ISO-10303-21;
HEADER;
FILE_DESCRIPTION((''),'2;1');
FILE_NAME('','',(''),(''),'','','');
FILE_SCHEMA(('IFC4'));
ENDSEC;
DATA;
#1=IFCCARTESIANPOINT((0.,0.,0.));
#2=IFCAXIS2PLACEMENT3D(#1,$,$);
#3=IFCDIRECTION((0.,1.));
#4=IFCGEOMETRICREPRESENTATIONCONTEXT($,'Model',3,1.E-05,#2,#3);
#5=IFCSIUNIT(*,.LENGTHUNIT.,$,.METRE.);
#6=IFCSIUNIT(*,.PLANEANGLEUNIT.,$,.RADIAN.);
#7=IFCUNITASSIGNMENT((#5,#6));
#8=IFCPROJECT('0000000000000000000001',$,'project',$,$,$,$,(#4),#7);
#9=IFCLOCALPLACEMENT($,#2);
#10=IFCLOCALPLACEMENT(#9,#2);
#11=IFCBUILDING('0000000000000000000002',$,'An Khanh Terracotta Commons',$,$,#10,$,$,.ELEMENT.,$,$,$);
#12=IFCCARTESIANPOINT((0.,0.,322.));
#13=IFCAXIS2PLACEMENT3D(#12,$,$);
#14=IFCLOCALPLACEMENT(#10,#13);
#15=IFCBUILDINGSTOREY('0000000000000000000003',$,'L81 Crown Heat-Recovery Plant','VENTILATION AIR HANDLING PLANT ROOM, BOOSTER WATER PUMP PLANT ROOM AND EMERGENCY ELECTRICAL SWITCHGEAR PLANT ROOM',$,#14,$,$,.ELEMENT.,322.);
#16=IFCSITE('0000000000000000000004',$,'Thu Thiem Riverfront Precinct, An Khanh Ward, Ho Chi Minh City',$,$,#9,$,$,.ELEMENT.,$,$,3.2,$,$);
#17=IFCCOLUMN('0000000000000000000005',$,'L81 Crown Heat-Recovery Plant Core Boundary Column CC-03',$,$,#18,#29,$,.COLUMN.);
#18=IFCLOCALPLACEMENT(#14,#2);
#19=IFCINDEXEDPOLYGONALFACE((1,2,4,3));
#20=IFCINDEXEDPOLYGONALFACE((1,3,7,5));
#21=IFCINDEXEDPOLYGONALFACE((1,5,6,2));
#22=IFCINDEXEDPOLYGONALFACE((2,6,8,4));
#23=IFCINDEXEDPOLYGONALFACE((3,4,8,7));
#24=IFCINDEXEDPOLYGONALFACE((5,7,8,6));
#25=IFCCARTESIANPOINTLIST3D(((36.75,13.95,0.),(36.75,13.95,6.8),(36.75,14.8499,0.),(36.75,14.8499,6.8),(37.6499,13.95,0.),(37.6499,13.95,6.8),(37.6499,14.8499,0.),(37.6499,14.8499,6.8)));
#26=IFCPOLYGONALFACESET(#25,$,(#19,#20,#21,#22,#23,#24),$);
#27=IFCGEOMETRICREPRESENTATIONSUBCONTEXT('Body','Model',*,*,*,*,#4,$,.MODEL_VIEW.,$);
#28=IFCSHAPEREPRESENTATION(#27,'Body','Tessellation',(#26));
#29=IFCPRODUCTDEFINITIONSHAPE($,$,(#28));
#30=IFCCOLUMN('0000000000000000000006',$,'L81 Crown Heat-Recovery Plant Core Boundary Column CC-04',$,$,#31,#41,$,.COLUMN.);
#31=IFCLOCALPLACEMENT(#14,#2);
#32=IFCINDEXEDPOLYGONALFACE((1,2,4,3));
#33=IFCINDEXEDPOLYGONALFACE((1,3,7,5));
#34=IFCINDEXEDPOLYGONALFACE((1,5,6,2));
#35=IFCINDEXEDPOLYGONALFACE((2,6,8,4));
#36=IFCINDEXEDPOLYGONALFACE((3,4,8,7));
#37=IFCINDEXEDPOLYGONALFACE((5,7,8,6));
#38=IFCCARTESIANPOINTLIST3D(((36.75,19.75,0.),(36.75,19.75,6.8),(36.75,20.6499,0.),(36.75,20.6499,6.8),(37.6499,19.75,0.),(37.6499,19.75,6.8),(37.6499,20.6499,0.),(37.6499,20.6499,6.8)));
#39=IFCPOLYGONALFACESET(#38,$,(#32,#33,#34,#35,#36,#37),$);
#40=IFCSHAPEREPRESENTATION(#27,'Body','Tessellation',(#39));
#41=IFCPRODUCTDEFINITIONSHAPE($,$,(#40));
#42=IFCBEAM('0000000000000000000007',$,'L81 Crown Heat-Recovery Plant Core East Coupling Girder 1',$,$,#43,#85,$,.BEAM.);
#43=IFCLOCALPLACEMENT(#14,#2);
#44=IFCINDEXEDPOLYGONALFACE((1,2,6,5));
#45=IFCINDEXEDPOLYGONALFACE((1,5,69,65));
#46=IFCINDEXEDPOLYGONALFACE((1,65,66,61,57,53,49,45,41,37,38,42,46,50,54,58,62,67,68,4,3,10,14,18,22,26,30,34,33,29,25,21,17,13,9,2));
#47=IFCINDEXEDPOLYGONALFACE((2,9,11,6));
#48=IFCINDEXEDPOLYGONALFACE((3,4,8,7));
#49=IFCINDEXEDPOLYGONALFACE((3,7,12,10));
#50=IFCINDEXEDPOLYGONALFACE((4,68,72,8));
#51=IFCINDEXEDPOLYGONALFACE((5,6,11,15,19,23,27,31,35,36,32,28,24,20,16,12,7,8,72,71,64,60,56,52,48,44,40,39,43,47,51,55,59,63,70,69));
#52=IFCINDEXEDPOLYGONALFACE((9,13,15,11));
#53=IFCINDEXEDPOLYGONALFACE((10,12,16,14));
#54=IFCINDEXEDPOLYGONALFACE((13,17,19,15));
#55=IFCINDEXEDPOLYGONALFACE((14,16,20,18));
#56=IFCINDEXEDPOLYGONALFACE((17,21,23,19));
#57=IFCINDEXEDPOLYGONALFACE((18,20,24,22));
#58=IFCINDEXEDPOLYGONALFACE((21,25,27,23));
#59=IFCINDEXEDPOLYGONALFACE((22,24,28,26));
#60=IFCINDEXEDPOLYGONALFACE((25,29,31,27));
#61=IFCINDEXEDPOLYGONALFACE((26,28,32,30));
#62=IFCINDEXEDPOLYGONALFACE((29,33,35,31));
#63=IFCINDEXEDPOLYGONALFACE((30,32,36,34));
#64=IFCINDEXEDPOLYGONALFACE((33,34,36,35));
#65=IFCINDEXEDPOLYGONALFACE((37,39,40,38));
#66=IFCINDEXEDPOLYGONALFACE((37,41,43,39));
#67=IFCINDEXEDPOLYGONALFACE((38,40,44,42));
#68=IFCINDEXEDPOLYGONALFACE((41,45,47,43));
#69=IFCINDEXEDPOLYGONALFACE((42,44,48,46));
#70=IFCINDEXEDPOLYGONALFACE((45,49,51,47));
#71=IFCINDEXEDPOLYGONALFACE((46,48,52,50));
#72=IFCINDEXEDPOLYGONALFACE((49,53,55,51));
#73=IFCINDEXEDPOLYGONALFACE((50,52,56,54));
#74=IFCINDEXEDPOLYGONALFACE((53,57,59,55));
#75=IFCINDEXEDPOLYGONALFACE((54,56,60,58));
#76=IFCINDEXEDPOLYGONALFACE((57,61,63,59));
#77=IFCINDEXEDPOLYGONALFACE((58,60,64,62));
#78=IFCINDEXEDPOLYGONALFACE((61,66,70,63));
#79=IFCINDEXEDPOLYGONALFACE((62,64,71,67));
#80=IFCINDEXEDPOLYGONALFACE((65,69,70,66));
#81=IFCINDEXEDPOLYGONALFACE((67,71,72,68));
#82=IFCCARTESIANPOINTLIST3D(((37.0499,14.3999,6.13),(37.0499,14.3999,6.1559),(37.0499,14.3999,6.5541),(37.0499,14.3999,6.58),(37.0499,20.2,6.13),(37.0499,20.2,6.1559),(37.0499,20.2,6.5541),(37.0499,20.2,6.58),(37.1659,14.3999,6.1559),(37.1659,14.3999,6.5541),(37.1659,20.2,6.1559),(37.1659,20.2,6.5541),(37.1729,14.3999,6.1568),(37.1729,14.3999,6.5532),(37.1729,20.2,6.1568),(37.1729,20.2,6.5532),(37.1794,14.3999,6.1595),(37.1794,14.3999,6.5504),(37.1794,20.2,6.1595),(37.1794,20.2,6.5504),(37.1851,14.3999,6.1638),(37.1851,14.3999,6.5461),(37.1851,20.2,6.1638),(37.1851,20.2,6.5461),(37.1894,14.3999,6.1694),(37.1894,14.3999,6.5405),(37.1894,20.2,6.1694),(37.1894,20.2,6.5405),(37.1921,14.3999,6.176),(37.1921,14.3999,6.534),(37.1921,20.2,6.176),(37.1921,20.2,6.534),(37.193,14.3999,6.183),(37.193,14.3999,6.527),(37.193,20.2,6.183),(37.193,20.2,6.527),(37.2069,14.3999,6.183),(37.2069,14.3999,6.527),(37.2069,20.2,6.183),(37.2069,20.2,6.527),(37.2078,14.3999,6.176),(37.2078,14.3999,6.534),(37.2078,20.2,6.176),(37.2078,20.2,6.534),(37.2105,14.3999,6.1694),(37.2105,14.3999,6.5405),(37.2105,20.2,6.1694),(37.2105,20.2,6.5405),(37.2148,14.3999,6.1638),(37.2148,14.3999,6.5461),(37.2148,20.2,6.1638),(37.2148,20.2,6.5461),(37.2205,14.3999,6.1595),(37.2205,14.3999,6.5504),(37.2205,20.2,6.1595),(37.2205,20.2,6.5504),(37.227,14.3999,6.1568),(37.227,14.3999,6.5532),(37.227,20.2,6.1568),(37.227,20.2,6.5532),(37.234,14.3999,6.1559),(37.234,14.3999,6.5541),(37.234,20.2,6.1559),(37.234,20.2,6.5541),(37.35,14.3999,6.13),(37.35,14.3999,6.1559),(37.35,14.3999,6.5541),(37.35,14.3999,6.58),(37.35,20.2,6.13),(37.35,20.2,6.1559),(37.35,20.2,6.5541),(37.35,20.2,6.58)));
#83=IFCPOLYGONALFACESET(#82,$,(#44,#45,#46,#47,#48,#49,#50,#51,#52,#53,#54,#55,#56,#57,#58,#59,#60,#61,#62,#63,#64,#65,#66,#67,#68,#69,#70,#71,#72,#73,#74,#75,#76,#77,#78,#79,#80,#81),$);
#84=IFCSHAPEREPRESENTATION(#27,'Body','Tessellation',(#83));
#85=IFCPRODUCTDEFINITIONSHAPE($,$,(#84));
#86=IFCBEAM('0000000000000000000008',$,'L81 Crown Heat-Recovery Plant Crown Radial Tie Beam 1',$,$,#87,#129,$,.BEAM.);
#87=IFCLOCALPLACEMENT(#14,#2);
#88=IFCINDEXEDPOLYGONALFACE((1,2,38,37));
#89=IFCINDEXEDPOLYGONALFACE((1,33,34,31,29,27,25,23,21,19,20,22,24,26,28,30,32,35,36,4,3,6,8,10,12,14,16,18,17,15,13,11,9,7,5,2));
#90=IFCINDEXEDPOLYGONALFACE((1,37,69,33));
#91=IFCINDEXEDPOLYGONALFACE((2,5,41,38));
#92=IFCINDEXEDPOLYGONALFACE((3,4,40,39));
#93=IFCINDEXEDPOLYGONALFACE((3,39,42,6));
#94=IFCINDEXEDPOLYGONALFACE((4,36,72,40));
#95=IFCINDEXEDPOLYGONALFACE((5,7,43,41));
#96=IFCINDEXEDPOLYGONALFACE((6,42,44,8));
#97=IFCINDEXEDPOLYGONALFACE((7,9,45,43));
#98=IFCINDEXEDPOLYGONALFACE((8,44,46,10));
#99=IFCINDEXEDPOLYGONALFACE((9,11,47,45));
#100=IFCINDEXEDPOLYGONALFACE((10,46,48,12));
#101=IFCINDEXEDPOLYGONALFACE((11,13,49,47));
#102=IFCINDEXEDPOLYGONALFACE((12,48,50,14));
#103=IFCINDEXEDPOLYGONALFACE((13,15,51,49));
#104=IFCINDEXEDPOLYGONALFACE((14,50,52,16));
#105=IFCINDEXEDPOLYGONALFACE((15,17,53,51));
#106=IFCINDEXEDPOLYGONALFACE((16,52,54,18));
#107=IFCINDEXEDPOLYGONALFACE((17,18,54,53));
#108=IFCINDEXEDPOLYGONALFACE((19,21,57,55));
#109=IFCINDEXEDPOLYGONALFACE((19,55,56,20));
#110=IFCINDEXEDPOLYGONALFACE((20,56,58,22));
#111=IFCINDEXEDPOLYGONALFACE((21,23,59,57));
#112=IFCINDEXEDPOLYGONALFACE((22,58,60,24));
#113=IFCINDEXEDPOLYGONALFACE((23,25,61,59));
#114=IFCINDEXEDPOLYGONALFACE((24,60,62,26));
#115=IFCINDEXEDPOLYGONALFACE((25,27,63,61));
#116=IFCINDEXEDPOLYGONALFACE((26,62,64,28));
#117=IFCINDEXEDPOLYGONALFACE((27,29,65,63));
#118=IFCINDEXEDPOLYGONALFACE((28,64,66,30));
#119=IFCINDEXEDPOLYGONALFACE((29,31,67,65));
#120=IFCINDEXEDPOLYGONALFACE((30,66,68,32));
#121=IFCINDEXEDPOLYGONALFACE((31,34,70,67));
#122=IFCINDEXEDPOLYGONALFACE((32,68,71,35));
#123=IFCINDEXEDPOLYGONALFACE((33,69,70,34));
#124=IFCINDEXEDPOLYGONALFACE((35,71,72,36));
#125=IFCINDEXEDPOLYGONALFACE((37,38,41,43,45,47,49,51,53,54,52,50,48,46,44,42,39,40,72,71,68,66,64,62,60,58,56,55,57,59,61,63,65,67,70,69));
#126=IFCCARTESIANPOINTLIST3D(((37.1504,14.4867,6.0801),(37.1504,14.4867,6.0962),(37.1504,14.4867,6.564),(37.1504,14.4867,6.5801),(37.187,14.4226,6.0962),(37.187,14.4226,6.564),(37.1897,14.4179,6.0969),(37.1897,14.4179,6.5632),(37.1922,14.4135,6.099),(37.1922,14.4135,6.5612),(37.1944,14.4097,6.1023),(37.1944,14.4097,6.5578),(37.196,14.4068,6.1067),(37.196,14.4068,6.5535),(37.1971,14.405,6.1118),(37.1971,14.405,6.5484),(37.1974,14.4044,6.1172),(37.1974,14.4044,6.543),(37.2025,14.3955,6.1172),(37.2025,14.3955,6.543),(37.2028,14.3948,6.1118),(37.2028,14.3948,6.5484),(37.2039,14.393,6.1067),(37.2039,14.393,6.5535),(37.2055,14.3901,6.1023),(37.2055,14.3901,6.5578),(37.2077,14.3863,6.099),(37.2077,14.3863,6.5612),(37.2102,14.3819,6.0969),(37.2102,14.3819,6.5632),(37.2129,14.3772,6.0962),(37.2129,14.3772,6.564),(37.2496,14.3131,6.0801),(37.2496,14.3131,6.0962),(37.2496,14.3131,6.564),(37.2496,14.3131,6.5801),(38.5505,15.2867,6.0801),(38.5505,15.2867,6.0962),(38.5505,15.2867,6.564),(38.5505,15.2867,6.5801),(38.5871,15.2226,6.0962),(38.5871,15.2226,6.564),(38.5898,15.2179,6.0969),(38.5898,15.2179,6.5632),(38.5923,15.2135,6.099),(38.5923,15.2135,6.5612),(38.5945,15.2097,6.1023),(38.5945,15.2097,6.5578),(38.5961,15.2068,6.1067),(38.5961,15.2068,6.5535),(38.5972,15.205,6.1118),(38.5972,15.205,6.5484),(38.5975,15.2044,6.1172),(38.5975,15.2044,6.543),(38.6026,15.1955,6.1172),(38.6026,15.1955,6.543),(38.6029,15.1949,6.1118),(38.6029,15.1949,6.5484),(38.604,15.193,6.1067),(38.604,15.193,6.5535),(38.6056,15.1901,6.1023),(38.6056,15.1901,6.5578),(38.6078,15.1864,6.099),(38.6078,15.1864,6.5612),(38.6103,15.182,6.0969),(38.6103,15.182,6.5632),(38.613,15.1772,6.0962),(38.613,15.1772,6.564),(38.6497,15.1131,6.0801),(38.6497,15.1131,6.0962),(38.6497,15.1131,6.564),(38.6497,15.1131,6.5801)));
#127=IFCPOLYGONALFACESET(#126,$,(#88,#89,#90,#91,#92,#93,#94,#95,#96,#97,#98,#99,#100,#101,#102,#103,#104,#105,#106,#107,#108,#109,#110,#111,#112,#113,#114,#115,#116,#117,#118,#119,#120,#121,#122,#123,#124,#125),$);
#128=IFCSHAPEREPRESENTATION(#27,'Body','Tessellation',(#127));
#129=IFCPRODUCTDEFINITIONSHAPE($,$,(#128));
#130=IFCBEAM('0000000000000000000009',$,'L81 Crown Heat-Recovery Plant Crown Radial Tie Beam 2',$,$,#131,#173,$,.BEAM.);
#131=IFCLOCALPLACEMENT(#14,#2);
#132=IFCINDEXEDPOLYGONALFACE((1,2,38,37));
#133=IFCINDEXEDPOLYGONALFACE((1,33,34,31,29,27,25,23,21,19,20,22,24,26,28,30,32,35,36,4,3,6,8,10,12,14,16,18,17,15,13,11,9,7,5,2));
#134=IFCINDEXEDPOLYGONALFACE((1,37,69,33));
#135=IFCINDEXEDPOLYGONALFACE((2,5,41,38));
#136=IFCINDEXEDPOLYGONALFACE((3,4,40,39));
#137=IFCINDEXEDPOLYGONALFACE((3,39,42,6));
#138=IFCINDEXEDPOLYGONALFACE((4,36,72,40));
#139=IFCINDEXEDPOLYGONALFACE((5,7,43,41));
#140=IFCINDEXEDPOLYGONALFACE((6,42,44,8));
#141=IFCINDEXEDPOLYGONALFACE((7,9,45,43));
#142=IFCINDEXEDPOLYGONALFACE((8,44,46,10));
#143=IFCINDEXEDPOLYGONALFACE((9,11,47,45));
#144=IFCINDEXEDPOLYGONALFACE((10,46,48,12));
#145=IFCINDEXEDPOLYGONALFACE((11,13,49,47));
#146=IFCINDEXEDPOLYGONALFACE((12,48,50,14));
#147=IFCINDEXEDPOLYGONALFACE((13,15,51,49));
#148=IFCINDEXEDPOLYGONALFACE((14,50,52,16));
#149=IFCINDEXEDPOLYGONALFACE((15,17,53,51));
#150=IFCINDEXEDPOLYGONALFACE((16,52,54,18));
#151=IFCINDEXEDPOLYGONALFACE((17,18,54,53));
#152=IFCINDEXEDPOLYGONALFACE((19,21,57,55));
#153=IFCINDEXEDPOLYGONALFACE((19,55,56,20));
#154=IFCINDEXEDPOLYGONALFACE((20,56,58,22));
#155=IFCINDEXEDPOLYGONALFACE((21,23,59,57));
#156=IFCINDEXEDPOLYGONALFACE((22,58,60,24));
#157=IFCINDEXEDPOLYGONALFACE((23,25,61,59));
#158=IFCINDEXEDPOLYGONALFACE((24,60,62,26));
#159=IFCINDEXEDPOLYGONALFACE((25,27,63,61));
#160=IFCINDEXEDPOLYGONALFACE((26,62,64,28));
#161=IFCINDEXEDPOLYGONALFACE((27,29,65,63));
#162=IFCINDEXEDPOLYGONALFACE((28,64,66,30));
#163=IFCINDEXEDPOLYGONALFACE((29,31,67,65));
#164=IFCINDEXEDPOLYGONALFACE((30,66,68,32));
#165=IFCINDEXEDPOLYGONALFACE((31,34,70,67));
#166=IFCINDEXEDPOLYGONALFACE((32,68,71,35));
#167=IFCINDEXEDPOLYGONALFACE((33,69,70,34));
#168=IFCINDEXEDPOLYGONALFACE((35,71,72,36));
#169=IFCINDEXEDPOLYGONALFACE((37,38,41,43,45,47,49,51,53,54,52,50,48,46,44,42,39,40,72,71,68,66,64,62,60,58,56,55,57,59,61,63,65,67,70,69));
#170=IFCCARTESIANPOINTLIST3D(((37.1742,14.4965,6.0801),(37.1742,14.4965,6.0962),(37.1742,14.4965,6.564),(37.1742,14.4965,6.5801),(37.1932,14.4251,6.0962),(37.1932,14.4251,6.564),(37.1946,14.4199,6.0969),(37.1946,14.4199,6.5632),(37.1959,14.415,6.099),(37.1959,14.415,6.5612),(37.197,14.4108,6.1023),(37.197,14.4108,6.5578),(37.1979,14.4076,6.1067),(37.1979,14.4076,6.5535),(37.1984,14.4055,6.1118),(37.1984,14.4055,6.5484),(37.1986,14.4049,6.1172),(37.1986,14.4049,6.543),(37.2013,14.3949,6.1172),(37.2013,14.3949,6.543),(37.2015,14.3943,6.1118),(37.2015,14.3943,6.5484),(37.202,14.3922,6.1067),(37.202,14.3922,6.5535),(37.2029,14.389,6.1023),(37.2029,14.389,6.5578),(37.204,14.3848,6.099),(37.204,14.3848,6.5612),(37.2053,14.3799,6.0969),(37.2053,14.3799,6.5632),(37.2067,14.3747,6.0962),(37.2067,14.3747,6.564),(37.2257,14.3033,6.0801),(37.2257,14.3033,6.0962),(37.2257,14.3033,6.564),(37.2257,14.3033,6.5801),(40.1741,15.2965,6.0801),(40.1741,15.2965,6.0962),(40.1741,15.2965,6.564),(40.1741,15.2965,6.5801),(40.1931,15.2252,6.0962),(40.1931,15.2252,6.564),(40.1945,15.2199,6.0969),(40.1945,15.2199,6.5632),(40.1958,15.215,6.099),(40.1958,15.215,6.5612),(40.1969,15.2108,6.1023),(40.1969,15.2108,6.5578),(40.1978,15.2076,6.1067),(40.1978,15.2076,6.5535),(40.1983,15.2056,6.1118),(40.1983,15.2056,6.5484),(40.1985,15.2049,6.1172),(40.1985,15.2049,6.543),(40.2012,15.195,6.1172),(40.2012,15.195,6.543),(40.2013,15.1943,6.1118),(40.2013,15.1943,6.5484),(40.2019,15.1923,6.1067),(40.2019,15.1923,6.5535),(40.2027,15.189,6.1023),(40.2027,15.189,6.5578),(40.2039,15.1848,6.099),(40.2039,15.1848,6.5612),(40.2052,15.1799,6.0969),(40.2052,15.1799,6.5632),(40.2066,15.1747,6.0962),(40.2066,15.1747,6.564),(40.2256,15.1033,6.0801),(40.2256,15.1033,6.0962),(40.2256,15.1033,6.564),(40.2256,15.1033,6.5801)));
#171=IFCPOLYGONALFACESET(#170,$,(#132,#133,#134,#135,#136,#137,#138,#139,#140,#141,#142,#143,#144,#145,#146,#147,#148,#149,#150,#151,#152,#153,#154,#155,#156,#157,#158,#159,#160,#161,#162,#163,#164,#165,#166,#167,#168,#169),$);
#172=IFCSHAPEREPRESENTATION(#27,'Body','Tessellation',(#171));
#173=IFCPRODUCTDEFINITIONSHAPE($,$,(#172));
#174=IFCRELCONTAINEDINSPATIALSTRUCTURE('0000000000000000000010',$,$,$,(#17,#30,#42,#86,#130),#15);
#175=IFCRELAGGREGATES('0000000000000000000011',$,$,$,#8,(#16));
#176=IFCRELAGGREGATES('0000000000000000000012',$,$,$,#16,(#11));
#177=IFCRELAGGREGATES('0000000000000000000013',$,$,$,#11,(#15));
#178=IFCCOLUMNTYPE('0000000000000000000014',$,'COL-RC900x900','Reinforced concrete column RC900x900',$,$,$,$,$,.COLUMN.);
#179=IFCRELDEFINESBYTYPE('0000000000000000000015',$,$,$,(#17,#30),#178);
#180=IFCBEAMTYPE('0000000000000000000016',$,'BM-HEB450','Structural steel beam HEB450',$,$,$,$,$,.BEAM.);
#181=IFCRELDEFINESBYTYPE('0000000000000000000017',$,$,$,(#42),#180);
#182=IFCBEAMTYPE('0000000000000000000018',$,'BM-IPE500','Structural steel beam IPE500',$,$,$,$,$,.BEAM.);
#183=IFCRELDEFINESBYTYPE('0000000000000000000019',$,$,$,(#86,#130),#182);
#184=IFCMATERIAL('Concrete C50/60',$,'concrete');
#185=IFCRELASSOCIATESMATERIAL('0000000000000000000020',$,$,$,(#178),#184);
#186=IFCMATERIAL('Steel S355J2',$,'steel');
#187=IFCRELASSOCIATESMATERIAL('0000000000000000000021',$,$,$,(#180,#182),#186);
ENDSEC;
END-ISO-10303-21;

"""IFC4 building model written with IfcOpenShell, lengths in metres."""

from ifc_helpers import new_model, si_unit, direction, frame, origin, origin_2d, place, context, subcontext, project, spatial, rectangle, i_section, extrude, material, material_profile, profile_set, type_object, element, save


model = new_model("IFC4")

# Units and contexts
model_context = context("Model", 3, precision=1e-05, world=origin(), true_north=direction((0.0, 1.0)))
body_context = subcontext(model_context, "Body", "Model", "MODEL_VIEW")
ifc_project = project(units=[si_unit("LENGTHUNIT", "METRE"), si_unit("PLANEANGLEUNIT", "RADIAN")], contexts=[model_context])

# Site, building, storey
site_placement = place(None, origin())
site = spatial("IfcSite", under=ifc_project, at=site_placement, Name="Thu Thiem Riverfront Precinct, An Khanh Ward, Ho Chi Minh City", CompositionType="ELEMENT", RefElevation=3.2)
building_placement = place(site_placement, origin())
building = spatial("IfcBuilding", under=site, at=building_placement, Name="An Khanh Terracotta Commons", CompositionType="ELEMENT")
storey_placement = place(building_placement, frame((0.0, 0.0, 322.0)))
storey = spatial("IfcBuildingStorey", under=building, at=storey_placement, Name="L81 Crown Heat-Recovery Plant", Description="VENTILATION AIR HANDLING PLANT ROOM, BOOSTER WATER PUMP PLANT ROOM AND EMERGENCY ELECTRICAL SWITCHGEAR PLANT ROOM", CompositionType="ELEMENT", Elevation=322.0)

# Columns
ifc_material_1 = material(Name="Concrete C50/60", Category="concrete")
ifc_material_profile_1 = material_profile(ifc_material_1, rectangle(XDim=0.8999, YDim=0.8999, at=origin_2d()), Name="RC900x900")
ifc_profile_set_1 = profile_set([ifc_material_profile_1], Name="Concrete C50/60")
column_type = type_object("IfcColumnType", Name="COL-RC900x900", Description="Reinforced concrete column RC900x900", PredefinedType="COLUMN", material=ifc_profile_set_1)
for number, where, z_axis, x_axis, name in (
    (1, (37.2, 14.3999, 0.0), (0.0, 0.0, 1.0), (1.0, 0.0, 0.0), "L81 Crown Heat-Recovery Plant Core Boundary Column CC-03"),
    (2, (37.2, 20.2, 0.0), (0.0, 0.0, 1.0), (1.0, 0.0, 0.0), "L81 Crown Heat-Recovery Plant Core Boundary Column CC-04"),
):
    element("IfcColumn", number, at=place(storey_placement, frame(where, z_axis=z_axis, x_axis=x_axis)), inside=storey, type_object=column_type, Name=name, PredefinedType="COLUMN", context=body_context, shape_type="SweptSolid", body=[
        extrude(rectangle(XDim=0.8999, YDim=0.8999, at=origin_2d()), origin(), (0.0, 0.0, 1.0), 6.8),
    ])

# Beams
ifc_material_2 = material(Name="Steel S355J2", Category="steel")
ifc_material_profile_2 = material_profile(ifc_material_2, i_section(OverallWidth=0.3, OverallDepth=0.45, WebThickness=0.0139, FlangeThickness=0.0259, FilletRadius=0.0271, at=origin_2d()), Name="HEB450")
ifc_profile_set_2 = profile_set([ifc_material_profile_2], Name="Steel S355J2")
beam_type_1 = type_object("IfcBeamType", Name="BM-HEB450", Description="Structural steel beam HEB450", PredefinedType="BEAM", material=ifc_profile_set_2)
beam_1_placement = place(storey_placement, frame((37.2, 14.3999, 6.355), z_axis=(0.0, 1.0, 0.0), x_axis=(-1.0, 0.0, 0.0)))
element("IfcBeam", 3, at=beam_1_placement, inside=storey, type_object=beam_type_1, Name="L81 Crown Heat-Recovery Plant Core East Coupling Girder 1", PredefinedType="BEAM", context=body_context, shape_type="SweptSolid", body=[
    extrude(i_section(OverallWidth=0.3, OverallDepth=0.45, WebThickness=0.0139, FlangeThickness=0.0259, FilletRadius=0.0271, at=origin_2d()), origin(), (0.0, 0.0, 1.0), 5.8),
])
ifc_material_profile_3 = material_profile(ifc_material_2, i_section(OverallWidth=0.2, OverallDepth=0.5, WebThickness=0.0103, FlangeThickness=0.0161, FilletRadius=0.021, at=origin_2d()), Name="IPE500")
ifc_profile_set_3 = profile_set([ifc_material_profile_3], Name="Steel S355J2")
beam_type_2 = type_object("IfcBeamType", Name="BM-IPE500", Description="Structural steel beam IPE500", PredefinedType="BEAM", material=ifc_profile_set_3)
beam_2_placement = place(storey_placement, frame((37.2, 14.3999, 6.3301), z_axis=(0.868252, 0.496123, 0.0), x_axis=(-0.496123, 0.868252, 0.0)))
element("IfcBeam", 4, at=beam_2_placement, inside=storey, type_object=beam_type_2, Name="L81 Crown Heat-Recovery Plant Crown Radial Tie Beam 1", PredefinedType="BEAM", context=body_context, shape_type="SweptSolid", body=[
    extrude(i_section(OverallWidth=0.2, OverallDepth=0.5, WebThickness=0.0103, FlangeThickness=0.0161, FilletRadius=0.021, at=origin_2d()), origin(), (0.0, 0.0, 1.0), 1.6125),
])
beam_3_placement = place(storey_placement, frame((37.2, 14.3999, 6.3301), z_axis=(0.966231, 0.257677, 0.0), x_axis=(-0.257677, 0.966231, 0.0)))
element("IfcBeam", 5, at=beam_3_placement, inside=storey, type_object=beam_type_2, Name="L81 Crown Heat-Recovery Plant Crown Radial Tie Beam 2", PredefinedType="BEAM", context=body_context, shape_type="SweptSolid", body=[
    extrude(i_section(OverallWidth=0.2, OverallDepth=0.5, WebThickness=0.0103, FlangeThickness=0.0161, FilletRadius=0.021, at=origin_2d()), origin(), (0.0, 0.0, 1.0), 3.1047),
])

save(model, "model.ifc")
